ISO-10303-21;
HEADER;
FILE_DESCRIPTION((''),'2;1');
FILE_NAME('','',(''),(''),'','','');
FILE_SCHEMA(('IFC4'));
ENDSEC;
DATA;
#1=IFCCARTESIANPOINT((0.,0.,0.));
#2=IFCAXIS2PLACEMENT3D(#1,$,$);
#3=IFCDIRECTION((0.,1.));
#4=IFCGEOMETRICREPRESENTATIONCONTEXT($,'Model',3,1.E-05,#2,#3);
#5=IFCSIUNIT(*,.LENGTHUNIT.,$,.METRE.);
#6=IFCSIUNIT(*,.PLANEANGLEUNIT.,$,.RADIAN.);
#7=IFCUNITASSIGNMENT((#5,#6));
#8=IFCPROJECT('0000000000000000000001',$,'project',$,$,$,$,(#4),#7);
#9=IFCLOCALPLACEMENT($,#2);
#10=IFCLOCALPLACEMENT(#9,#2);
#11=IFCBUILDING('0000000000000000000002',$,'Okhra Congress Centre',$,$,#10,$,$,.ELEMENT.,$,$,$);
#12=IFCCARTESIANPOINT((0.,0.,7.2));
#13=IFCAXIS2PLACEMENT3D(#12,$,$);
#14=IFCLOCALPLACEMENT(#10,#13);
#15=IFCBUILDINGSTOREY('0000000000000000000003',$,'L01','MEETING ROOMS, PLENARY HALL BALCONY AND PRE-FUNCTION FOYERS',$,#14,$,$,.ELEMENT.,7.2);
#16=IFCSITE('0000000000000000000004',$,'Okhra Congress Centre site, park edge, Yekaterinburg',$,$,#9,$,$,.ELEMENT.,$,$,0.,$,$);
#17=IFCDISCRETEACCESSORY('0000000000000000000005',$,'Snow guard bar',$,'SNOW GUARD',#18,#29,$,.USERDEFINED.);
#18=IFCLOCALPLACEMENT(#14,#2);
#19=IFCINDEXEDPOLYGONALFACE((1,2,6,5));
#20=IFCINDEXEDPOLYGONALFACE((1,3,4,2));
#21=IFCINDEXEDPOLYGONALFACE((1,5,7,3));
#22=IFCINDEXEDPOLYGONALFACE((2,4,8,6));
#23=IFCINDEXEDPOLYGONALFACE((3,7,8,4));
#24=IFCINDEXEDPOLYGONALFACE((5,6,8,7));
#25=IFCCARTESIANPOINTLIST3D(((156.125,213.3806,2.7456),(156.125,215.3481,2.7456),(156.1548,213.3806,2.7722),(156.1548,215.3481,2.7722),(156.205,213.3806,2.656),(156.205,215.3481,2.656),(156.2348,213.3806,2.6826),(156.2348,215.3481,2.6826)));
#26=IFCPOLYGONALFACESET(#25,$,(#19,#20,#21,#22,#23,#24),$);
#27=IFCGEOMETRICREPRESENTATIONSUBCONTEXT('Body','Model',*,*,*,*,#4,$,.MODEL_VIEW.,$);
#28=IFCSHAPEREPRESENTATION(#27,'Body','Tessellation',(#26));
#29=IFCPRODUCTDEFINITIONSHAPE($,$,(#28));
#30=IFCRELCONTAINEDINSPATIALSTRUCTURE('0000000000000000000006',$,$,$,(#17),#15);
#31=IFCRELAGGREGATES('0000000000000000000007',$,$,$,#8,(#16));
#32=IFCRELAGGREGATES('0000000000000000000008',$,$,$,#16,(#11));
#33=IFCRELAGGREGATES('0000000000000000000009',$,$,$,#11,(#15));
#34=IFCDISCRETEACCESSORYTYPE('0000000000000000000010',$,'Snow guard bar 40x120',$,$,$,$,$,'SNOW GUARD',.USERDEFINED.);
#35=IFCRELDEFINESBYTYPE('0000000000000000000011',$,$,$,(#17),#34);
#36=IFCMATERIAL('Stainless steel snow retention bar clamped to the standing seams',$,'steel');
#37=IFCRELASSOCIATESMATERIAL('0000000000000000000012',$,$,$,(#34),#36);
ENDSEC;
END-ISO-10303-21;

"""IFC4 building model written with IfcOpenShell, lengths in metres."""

from ifc_helpers import new_model, si_unit, direction, frame, origin, place, context, subcontext, project, spatial, polyline, outline, extrude, material, type_object, element, save


model = new_model("IFC4")

# Units and contexts
model_context = context("Model", 3, precision=1e-05, world=origin(), true_north=direction((0.0, 1.0)))
body_context = subcontext(model_context, "Body", "Model", "MODEL_VIEW")
ifc_project = project(units=[si_unit("LENGTHUNIT", "METRE"), si_unit("PLANEANGLEUNIT", "RADIAN")], contexts=[model_context])

# Site, building, storey
site_placement = place(None, origin())
site = spatial("IfcSite", under=ifc_project, at=site_placement, Name="Okhra Congress Centre site, park edge, Yekaterinburg", CompositionType="ELEMENT", RefElevation=0.0)
building_placement = place(site_placement, origin())
building = spatial("IfcBuilding", under=site, at=building_placement, Name="Okhra Congress Centre", CompositionType="ELEMENT")
storey_placement = place(building_placement, frame((0.0, 0.0, 7.2)))
storey = spatial("IfcBuildingStorey", under=building, at=storey_placement, Name="L01", Description="MEETING ROOMS, PLENARY HALL BALCONY AND PRE-FUNCTION FOYERS", CompositionType="ELEMENT", Elevation=7.2)

# Discrete accessory
ifc_material_1 = material(Name="Stainless steel snow retention bar clamped to the standing seams", Category="steel")
discrete_accessory_type_1 = type_object("IfcDiscreteAccessoryType", Name="Snow guard bar 40x120", ElementType="SNOW GUARD", PredefinedType="USERDEFINED", material=ifc_material_1)
discrete_accessory_1_placement = place(storey_placement, frame((156.125, 213.3806, 2.7456), z_axis=(-0.666259, 0.0, 0.745721), x_axis=(0.745721, 0.0, 0.666259)))
element("IfcDiscreteAccessory", 1, at=discrete_accessory_1_placement, inside=storey, type_object=discrete_accessory_type_1, Name="Snow guard bar", ObjectType="SNOW GUARD", PredefinedType="USERDEFINED", context=body_context, shape_type="SweptSolid", body=[
    extrude(outline(polyline([(0.0, 0.0), (0.0399, 0.0), (0.0399, 1.9675), (0.0, 1.9675), (0.0, 0.0)])), origin(), (0.0, 0.0, -1.0), 0.1201),
])

save(model, "model.ifc")
